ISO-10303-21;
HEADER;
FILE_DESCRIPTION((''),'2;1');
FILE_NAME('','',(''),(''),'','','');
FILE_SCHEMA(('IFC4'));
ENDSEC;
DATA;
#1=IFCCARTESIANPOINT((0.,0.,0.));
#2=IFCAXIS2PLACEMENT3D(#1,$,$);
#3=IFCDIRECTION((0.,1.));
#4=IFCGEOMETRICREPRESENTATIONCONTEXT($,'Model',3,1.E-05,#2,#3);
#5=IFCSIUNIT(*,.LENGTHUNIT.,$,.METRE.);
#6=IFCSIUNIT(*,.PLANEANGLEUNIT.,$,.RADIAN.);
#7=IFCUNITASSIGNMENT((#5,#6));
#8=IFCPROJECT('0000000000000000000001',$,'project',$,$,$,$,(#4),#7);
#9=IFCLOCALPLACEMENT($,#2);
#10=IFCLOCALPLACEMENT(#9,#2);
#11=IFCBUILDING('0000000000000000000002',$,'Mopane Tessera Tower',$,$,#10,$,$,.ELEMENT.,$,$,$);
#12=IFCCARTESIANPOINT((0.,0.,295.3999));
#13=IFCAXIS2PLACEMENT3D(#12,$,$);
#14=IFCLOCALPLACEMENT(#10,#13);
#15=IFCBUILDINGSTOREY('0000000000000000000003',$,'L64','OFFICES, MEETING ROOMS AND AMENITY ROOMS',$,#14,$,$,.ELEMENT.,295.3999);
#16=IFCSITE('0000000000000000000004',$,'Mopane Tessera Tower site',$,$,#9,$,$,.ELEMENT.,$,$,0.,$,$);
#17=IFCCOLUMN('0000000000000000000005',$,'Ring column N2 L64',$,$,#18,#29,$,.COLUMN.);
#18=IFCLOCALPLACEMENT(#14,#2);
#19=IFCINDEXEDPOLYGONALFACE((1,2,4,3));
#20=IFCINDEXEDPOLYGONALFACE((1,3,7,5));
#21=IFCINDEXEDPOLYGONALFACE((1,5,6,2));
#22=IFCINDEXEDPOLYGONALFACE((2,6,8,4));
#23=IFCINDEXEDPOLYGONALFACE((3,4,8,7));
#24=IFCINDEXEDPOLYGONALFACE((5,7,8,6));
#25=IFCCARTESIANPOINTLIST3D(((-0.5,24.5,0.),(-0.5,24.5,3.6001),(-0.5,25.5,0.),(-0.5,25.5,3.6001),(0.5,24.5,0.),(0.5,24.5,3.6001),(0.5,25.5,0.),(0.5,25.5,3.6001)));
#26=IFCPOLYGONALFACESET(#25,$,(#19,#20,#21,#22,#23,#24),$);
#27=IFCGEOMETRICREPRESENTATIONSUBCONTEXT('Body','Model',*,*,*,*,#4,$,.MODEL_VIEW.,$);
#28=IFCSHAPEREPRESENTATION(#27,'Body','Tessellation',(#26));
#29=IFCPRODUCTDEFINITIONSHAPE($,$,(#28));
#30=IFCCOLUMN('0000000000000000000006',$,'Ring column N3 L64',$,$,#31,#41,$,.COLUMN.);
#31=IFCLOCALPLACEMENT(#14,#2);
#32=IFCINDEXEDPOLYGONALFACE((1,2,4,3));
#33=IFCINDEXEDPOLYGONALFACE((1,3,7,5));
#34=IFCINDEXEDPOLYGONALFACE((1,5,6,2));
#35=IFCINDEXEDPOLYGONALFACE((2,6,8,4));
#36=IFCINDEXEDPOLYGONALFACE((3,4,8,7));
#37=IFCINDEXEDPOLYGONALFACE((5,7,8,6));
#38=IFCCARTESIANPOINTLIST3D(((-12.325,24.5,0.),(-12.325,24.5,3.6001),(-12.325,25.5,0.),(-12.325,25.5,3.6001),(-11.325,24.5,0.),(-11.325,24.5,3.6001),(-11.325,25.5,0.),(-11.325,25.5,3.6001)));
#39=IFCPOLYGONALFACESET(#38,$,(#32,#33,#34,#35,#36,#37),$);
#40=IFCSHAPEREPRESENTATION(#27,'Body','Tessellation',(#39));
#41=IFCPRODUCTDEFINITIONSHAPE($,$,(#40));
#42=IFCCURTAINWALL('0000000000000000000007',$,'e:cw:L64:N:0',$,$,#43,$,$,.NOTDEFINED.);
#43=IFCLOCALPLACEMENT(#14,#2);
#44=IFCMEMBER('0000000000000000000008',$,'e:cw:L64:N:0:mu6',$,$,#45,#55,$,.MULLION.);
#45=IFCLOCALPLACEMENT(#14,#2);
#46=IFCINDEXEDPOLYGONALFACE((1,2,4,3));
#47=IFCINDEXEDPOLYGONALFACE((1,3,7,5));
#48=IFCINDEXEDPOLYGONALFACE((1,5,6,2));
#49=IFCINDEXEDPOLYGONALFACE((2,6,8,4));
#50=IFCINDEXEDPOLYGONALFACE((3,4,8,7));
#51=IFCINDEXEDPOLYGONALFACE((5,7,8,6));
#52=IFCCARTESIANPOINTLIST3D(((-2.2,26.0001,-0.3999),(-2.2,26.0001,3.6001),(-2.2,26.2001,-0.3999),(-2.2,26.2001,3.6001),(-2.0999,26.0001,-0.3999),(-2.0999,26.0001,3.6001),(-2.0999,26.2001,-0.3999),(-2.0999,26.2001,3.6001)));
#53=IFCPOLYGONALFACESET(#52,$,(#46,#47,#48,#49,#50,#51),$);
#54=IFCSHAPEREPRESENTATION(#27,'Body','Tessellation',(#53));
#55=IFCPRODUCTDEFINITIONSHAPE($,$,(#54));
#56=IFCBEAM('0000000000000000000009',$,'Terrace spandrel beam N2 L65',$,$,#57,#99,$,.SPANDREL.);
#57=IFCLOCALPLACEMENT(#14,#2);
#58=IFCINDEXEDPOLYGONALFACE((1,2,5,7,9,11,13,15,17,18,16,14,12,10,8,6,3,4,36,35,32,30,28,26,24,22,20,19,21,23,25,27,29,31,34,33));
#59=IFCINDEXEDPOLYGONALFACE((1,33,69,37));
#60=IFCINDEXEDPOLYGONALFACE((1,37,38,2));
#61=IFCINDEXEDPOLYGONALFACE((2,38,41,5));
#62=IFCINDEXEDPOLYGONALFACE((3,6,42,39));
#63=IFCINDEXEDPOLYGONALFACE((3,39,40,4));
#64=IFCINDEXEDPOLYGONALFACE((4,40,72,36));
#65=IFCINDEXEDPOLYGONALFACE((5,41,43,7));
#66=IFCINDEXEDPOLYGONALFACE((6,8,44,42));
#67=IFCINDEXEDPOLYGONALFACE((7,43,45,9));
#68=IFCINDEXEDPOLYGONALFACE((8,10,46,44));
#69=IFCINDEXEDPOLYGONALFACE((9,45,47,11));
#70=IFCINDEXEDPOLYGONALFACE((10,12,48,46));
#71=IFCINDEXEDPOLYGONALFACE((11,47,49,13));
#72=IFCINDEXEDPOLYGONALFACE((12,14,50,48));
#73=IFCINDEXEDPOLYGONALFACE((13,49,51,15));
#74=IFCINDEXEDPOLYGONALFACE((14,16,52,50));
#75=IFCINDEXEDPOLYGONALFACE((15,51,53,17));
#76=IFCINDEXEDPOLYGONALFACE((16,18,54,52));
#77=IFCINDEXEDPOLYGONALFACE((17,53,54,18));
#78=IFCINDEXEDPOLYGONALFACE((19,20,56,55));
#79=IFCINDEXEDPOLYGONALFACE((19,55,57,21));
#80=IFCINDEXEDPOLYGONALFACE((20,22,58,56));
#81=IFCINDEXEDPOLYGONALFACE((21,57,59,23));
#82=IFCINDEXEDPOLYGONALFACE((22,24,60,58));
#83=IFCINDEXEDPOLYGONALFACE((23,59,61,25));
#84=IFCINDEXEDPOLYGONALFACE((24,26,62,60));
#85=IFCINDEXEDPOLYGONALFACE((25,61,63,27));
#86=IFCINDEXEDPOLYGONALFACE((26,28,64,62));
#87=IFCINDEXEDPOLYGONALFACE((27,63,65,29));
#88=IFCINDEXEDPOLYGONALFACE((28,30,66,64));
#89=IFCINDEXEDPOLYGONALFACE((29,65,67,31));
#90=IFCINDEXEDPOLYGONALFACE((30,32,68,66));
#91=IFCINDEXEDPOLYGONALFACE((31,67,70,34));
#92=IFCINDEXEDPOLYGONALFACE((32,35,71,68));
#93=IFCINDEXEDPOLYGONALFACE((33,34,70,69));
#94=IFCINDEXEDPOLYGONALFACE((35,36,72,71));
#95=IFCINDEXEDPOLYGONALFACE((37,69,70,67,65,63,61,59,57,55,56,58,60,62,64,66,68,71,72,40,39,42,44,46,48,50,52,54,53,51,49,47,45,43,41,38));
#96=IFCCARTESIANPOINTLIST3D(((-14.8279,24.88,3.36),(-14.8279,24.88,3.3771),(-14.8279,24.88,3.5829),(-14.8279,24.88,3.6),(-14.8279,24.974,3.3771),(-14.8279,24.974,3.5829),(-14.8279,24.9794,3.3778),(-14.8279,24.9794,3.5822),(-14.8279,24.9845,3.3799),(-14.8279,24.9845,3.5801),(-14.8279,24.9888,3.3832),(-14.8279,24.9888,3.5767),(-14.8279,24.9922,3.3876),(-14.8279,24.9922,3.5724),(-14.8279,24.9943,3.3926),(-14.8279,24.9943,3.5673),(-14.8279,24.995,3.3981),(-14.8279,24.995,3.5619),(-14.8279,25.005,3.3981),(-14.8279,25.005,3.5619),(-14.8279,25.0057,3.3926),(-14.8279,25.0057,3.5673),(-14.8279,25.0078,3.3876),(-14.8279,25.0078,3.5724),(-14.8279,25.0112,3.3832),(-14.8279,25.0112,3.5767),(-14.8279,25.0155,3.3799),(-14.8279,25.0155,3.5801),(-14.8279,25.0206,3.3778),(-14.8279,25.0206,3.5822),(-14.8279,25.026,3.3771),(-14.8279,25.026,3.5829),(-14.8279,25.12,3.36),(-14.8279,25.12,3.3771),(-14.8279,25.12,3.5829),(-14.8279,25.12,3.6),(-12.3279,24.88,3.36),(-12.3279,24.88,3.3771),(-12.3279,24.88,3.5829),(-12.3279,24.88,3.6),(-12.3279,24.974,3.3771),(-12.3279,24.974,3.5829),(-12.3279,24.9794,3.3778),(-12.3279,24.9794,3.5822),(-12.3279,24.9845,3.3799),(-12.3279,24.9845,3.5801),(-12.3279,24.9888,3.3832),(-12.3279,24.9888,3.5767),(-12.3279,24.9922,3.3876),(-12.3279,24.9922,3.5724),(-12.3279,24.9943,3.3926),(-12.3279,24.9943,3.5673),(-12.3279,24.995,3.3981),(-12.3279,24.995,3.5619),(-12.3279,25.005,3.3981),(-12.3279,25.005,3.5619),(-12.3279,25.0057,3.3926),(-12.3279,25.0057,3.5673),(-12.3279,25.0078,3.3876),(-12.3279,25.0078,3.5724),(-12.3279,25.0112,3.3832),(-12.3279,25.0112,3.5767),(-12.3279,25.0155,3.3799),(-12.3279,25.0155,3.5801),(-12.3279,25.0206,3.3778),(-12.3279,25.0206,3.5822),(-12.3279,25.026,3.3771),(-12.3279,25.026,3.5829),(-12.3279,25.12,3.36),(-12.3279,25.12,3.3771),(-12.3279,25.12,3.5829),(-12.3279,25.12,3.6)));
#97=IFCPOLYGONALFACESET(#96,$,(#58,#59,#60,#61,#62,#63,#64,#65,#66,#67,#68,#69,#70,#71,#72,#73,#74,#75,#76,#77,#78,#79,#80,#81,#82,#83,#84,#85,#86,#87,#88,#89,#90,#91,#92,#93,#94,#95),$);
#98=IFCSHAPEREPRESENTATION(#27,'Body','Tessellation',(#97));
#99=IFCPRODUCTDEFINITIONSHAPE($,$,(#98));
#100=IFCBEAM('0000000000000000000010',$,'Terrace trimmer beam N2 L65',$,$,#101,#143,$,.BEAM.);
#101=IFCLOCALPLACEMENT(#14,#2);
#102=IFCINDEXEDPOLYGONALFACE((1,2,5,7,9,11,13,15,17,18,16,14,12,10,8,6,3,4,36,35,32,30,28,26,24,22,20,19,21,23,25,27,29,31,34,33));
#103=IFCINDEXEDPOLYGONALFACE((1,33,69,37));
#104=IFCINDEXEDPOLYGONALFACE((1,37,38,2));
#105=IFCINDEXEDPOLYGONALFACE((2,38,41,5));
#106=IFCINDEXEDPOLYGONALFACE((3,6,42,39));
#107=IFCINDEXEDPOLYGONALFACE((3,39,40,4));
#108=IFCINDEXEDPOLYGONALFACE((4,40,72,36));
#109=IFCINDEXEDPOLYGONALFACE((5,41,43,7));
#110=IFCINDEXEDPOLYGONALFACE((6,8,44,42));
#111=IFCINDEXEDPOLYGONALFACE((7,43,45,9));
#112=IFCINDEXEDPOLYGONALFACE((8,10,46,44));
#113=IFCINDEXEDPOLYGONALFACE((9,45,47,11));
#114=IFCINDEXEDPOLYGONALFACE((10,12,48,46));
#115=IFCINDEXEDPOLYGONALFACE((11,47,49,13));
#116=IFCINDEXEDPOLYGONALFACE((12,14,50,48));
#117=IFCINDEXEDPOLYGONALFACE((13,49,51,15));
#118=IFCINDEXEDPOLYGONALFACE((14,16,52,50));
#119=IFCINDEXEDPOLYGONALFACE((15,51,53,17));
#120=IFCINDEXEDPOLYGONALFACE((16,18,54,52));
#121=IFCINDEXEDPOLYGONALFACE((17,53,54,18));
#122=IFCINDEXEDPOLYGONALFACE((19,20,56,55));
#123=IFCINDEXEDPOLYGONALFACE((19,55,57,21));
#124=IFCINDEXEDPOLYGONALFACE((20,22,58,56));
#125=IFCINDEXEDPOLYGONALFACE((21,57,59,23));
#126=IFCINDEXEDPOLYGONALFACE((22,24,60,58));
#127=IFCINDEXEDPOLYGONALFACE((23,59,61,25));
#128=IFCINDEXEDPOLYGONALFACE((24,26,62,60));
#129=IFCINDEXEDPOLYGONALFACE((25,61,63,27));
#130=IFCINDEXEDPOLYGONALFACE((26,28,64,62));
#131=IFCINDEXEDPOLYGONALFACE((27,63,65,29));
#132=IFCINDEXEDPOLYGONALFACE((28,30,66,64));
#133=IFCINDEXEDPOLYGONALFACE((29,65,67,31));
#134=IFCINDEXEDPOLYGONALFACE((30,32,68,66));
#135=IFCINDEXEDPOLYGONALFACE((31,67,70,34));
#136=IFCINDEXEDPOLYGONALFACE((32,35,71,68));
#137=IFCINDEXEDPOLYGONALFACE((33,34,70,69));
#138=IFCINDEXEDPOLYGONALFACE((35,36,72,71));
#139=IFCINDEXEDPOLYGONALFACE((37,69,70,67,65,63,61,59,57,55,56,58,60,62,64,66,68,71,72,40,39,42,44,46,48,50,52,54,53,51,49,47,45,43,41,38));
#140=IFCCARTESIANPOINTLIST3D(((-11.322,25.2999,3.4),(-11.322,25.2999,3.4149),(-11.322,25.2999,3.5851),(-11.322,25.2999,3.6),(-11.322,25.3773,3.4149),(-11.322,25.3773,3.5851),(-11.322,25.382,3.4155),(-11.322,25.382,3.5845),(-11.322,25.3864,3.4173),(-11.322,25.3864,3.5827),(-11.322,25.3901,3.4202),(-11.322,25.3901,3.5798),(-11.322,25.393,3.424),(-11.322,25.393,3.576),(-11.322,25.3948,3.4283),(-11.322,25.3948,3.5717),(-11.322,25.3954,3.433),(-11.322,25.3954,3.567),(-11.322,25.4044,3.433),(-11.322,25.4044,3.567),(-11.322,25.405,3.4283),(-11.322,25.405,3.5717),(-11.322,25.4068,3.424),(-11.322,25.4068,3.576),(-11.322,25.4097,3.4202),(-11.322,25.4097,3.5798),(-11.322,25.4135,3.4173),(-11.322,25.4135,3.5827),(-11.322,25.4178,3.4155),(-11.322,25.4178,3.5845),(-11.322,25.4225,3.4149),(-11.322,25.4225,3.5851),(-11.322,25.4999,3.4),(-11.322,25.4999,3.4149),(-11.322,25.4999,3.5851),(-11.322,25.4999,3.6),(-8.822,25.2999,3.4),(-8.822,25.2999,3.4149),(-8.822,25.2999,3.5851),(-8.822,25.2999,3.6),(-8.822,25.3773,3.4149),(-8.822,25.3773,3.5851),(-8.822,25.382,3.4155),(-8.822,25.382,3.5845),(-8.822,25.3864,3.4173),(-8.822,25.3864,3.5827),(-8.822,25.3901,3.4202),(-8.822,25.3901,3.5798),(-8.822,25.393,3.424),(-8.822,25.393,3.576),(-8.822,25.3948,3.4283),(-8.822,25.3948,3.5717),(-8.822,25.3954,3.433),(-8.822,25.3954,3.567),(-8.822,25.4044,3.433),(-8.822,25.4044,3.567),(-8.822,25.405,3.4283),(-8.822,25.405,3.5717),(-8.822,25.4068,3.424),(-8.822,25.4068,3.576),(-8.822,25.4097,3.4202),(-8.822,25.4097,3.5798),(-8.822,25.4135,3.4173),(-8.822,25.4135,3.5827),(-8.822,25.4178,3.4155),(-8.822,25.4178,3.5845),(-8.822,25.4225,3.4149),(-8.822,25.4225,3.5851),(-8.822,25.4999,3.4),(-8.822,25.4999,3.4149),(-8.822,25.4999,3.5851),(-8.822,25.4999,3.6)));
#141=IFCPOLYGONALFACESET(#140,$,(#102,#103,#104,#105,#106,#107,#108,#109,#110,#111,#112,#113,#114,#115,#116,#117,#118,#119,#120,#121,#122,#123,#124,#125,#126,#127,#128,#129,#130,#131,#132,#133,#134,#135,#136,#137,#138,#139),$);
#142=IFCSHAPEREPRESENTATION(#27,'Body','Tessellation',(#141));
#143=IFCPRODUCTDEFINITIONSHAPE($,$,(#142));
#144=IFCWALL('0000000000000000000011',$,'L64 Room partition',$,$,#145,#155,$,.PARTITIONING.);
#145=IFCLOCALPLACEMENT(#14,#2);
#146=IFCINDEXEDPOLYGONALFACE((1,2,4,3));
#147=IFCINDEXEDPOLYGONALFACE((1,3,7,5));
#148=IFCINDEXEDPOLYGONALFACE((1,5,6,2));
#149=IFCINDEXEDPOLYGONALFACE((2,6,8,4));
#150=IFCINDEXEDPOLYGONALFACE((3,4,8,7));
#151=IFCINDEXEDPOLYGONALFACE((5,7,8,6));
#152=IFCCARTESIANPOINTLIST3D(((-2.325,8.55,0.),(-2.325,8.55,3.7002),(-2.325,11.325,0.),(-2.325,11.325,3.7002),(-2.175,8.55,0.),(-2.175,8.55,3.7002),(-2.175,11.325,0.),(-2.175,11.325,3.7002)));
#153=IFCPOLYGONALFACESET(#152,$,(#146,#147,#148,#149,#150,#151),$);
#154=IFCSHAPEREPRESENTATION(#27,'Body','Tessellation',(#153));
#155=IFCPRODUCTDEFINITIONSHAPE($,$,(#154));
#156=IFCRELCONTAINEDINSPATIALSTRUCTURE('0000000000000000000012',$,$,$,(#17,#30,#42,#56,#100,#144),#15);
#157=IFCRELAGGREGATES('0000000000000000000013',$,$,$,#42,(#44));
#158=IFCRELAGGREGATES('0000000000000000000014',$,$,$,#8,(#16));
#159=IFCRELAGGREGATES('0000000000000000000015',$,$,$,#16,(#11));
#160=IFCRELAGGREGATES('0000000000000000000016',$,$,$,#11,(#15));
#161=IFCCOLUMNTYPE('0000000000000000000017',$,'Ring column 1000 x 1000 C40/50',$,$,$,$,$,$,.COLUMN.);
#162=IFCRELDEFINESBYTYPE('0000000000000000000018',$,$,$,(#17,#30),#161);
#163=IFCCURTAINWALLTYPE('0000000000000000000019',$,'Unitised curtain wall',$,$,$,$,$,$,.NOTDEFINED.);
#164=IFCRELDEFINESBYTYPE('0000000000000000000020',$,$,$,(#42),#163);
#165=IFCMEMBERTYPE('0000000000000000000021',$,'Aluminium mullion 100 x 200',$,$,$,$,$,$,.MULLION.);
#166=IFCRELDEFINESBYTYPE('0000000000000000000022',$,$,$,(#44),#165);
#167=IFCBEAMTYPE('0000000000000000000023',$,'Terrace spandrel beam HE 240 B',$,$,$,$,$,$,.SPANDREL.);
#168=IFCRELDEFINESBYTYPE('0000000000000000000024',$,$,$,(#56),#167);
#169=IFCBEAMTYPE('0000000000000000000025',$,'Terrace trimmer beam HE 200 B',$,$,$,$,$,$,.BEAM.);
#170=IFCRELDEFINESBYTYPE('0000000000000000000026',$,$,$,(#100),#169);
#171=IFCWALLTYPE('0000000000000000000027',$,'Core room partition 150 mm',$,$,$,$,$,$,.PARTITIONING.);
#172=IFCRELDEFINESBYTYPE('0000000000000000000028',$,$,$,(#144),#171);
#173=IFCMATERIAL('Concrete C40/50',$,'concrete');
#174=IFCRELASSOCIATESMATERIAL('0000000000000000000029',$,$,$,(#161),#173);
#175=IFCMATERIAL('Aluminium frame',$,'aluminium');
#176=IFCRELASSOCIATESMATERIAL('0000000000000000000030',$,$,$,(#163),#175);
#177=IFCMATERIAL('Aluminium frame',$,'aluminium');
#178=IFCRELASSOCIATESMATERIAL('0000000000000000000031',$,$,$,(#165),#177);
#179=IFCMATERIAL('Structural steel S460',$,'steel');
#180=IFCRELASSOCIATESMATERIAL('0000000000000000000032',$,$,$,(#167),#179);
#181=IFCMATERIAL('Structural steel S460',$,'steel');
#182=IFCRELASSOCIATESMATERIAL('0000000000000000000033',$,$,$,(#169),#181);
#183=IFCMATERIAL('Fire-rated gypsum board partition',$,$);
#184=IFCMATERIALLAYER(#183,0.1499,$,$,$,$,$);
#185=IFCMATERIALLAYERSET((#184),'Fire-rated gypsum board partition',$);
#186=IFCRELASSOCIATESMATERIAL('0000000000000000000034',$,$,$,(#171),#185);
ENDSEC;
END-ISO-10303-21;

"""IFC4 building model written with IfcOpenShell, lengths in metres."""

from ifc_helpers import new_model, si_unit, direction, frame, frame_2d, origin, origin_2d, place, context, subcontext, project, spatial, rectangle, i_section, extrude, material, layer, layer_set, material_profile, profile_set, type_object, element, aggregate, save


model = new_model("IFC4")

# Units and contexts
model_context = context("Model", 3, precision=1e-05, world=origin(), true_north=direction((0.0, 1.0)))
body_context = subcontext(model_context, "Body", "Model", "MODEL_VIEW")
ifc_project = project(units=[si_unit("LENGTHUNIT", "METRE"), si_unit("PLANEANGLEUNIT", "RADIAN")], contexts=[model_context])

# Site, building, storey
site_placement = place(None, origin())
site = spatial("IfcSite", under=ifc_project, at=site_placement, Name="Mopane Tessera Tower site", CompositionType="ELEMENT", RefElevation=0.0)
building_placement = place(site_placement, origin())
building = spatial("IfcBuilding", under=site, at=building_placement, Name="Mopane Tessera Tower", CompositionType="ELEMENT")
storey_placement = place(building_placement, frame((0.0, 0.0, 295.3999)))
storey = spatial("IfcBuildingStorey", under=building, at=storey_placement, Name="L64", Description="OFFICES, MEETING ROOMS AND AMENITY ROOMS", CompositionType="ELEMENT", Elevation=295.3999)

# Columns
ifc_material_1 = material(Name="Concrete C40/50", Category="concrete")
ifc_material_profile_1 = material_profile(ifc_material_1, rectangle(XDim=1.0, YDim=1.0, at=origin_2d()))
ifc_profile_set_1 = profile_set([ifc_material_profile_1], Name="Concrete C40/50")
column_type = type_object("IfcColumnType", Name="Ring column 1000 x 1000 C40/50", PredefinedType="COLUMN", material=ifc_profile_set_1)
for number, where, z_axis, x_axis, name in (
    (1, (0.0, 25.0, 0.0), (0.0, 0.0, 1.0), (1.0, 0.0, 0.0), "Ring column N2 L64"),
    (2, (-11.825, 25.0, 0.0), (0.0, 0.0, 1.0), (1.0, 0.0, 0.0), "Ring column N3 L64"),
):
    element("IfcColumn", number, at=place(storey_placement, frame(where, z_axis=z_axis, x_axis=x_axis)), inside=storey, type_object=column_type, Name=name, PredefinedType="COLUMN", context=body_context, shape_type="SweptSolid", body=[
        extrude(rectangle(XDim=1.0, YDim=1.0, at=origin_2d()), origin(), (0.0, 0.0, 1.0), 3.6001),
    ])

# Curtain wall, member
ifc_material_2 = material(Name="Aluminium frame", Category="aluminium")
curtain_wall_type = type_object("IfcCurtainWallType", Name="Unitised curtain wall", PredefinedType="NOTDEFINED", material=ifc_material_2)
curtain_wall_placement = place(storey_placement, origin())
curtain_wall = element("IfcCurtainWall", 3, at=curtain_wall_placement, inside=storey, type_object=curtain_wall_type, Name="e:cw:L64:N:0", PredefinedType="NOTDEFINED")
ifc_material_3 = material(Name="Aluminium frame", Category="aluminium")
ifc_material_profile_2 = material_profile(ifc_material_3, rectangle(XDim=0.1001, YDim=0.2, at=origin_2d()))
ifc_profile_set_2 = profile_set([ifc_material_profile_2], Name="Aluminium frame")
member_type = type_object("IfcMemberType", Name="Aluminium mullion 100 x 200", PredefinedType="MULLION", material=ifc_profile_set_2)
member_placement = place(storey_placement, frame((-2.1499, 26.1001, -0.3999), z_axis=(0.0, 0.0, 1.0), x_axis=(-1.0, 0.0, 0.0)))
member = element("IfcMember", 4, at=member_placement, type_object=member_type, Name="e:cw:L64:N:0:mu6", PredefinedType="MULLION", context=body_context, shape_type="SweptSolid", body=[
    extrude(rectangle(XDim=0.1001, YDim=0.2, at=origin_2d()), origin(), (0.0, 0.0, 1.0), 4.0),
])
aggregate(curtain_wall, [member])

# Beams
ifc_material_4 = material(Name="Structural steel S460", Category="steel")
ifc_material_profile_3 = material_profile(ifc_material_4, i_section(OverallWidth=0.24, OverallDepth=0.24, WebThickness=0.01, FlangeThickness=0.0171, FilletRadius=0.021, at=origin_2d()))
ifc_profile_set_3 = profile_set([ifc_material_profile_3], Name="Structural steel S460")
beam_type_1 = type_object("IfcBeamType", Name="Terrace spandrel beam HE 240 B", PredefinedType="SPANDREL", material=ifc_profile_set_3)
beam_1_placement = place(storey_placement, frame((-12.3279, 25.0, 3.48), z_axis=(-1.0, 0.0, 0.0), x_axis=(0.0, -1.0, 0.0)))
element("IfcBeam", 5, at=beam_1_placement, inside=storey, type_object=beam_type_1, Name="Terrace spandrel beam N2 L65", PredefinedType="SPANDREL", context=body_context, shape_type="SweptSolid", body=[
    extrude(i_section(OverallWidth=0.24, OverallDepth=0.24, WebThickness=0.01, FlangeThickness=0.0171, FilletRadius=0.021, at=origin_2d()), origin(), (0.0, 0.0, 1.0), 2.5),
])
ifc_material_5 = material(Name="Structural steel S460", Category="steel")
ifc_material_profile_4 = material_profile(ifc_material_5, i_section(OverallWidth=0.2, OverallDepth=0.2, WebThickness=0.009, FlangeThickness=0.0149, FilletRadius=0.0181, at=origin_2d()))
ifc_profile_set_4 = profile_set([ifc_material_profile_4], Name="Structural steel S460")
beam_type_2 = type_object("IfcBeamType", Name="Terrace trimmer beam HE 200 B", PredefinedType="BEAM", material=ifc_profile_set_4)
beam_2_placement = place(storey_placement, frame((-11.322, 25.3999, 3.5), z_axis=(1.0, 0.0, 0.0), x_axis=(0.0, 1.0, 0.0)))
element("IfcBeam", 6, at=beam_2_placement, inside=storey, type_object=beam_type_2, Name="Terrace trimmer beam N2 L65", PredefinedType="BEAM", context=body_context, shape_type="SweptSolid", body=[
    extrude(i_section(OverallWidth=0.2, OverallDepth=0.2, WebThickness=0.009, FlangeThickness=0.0149, FilletRadius=0.0181, at=origin_2d()), origin(), (0.0, 0.0, 1.0), 2.5),
])

# Wall
ifc_material_6 = material(Name="Fire-rated gypsum board partition")
ifc_layer_1 = layer(ifc_material_6, 0.1499)
ifc_layer_set_1 = layer_set([ifc_layer_1], Name="Fire-rated gypsum board partition")
wall_type_1 = type_object("IfcWallType", Name="Core room partition 150 mm", PredefinedType="PARTITIONING", material=ifc_layer_set_1)
wall_1_placement = place(storey_placement, frame((-2.25, 8.55, 0.0), z_axis=(0.0, 0.0, 1.0), x_axis=(0.0, 1.0, 0.0)))
element("IfcWall", 7, at=wall_1_placement, inside=storey, type_object=wall_type_1, Name="L64 Room partition", PredefinedType="PARTITIONING", context=body_context, shape_type="SweptSolid", body=[
    extrude(rectangle(XDim=2.7749, YDim=0.1499, at=frame_2d((1.3875, 0.0))), origin(), (0.0, 0.0, 1.0), 3.7002),
])

save(model, "model.ifc")
